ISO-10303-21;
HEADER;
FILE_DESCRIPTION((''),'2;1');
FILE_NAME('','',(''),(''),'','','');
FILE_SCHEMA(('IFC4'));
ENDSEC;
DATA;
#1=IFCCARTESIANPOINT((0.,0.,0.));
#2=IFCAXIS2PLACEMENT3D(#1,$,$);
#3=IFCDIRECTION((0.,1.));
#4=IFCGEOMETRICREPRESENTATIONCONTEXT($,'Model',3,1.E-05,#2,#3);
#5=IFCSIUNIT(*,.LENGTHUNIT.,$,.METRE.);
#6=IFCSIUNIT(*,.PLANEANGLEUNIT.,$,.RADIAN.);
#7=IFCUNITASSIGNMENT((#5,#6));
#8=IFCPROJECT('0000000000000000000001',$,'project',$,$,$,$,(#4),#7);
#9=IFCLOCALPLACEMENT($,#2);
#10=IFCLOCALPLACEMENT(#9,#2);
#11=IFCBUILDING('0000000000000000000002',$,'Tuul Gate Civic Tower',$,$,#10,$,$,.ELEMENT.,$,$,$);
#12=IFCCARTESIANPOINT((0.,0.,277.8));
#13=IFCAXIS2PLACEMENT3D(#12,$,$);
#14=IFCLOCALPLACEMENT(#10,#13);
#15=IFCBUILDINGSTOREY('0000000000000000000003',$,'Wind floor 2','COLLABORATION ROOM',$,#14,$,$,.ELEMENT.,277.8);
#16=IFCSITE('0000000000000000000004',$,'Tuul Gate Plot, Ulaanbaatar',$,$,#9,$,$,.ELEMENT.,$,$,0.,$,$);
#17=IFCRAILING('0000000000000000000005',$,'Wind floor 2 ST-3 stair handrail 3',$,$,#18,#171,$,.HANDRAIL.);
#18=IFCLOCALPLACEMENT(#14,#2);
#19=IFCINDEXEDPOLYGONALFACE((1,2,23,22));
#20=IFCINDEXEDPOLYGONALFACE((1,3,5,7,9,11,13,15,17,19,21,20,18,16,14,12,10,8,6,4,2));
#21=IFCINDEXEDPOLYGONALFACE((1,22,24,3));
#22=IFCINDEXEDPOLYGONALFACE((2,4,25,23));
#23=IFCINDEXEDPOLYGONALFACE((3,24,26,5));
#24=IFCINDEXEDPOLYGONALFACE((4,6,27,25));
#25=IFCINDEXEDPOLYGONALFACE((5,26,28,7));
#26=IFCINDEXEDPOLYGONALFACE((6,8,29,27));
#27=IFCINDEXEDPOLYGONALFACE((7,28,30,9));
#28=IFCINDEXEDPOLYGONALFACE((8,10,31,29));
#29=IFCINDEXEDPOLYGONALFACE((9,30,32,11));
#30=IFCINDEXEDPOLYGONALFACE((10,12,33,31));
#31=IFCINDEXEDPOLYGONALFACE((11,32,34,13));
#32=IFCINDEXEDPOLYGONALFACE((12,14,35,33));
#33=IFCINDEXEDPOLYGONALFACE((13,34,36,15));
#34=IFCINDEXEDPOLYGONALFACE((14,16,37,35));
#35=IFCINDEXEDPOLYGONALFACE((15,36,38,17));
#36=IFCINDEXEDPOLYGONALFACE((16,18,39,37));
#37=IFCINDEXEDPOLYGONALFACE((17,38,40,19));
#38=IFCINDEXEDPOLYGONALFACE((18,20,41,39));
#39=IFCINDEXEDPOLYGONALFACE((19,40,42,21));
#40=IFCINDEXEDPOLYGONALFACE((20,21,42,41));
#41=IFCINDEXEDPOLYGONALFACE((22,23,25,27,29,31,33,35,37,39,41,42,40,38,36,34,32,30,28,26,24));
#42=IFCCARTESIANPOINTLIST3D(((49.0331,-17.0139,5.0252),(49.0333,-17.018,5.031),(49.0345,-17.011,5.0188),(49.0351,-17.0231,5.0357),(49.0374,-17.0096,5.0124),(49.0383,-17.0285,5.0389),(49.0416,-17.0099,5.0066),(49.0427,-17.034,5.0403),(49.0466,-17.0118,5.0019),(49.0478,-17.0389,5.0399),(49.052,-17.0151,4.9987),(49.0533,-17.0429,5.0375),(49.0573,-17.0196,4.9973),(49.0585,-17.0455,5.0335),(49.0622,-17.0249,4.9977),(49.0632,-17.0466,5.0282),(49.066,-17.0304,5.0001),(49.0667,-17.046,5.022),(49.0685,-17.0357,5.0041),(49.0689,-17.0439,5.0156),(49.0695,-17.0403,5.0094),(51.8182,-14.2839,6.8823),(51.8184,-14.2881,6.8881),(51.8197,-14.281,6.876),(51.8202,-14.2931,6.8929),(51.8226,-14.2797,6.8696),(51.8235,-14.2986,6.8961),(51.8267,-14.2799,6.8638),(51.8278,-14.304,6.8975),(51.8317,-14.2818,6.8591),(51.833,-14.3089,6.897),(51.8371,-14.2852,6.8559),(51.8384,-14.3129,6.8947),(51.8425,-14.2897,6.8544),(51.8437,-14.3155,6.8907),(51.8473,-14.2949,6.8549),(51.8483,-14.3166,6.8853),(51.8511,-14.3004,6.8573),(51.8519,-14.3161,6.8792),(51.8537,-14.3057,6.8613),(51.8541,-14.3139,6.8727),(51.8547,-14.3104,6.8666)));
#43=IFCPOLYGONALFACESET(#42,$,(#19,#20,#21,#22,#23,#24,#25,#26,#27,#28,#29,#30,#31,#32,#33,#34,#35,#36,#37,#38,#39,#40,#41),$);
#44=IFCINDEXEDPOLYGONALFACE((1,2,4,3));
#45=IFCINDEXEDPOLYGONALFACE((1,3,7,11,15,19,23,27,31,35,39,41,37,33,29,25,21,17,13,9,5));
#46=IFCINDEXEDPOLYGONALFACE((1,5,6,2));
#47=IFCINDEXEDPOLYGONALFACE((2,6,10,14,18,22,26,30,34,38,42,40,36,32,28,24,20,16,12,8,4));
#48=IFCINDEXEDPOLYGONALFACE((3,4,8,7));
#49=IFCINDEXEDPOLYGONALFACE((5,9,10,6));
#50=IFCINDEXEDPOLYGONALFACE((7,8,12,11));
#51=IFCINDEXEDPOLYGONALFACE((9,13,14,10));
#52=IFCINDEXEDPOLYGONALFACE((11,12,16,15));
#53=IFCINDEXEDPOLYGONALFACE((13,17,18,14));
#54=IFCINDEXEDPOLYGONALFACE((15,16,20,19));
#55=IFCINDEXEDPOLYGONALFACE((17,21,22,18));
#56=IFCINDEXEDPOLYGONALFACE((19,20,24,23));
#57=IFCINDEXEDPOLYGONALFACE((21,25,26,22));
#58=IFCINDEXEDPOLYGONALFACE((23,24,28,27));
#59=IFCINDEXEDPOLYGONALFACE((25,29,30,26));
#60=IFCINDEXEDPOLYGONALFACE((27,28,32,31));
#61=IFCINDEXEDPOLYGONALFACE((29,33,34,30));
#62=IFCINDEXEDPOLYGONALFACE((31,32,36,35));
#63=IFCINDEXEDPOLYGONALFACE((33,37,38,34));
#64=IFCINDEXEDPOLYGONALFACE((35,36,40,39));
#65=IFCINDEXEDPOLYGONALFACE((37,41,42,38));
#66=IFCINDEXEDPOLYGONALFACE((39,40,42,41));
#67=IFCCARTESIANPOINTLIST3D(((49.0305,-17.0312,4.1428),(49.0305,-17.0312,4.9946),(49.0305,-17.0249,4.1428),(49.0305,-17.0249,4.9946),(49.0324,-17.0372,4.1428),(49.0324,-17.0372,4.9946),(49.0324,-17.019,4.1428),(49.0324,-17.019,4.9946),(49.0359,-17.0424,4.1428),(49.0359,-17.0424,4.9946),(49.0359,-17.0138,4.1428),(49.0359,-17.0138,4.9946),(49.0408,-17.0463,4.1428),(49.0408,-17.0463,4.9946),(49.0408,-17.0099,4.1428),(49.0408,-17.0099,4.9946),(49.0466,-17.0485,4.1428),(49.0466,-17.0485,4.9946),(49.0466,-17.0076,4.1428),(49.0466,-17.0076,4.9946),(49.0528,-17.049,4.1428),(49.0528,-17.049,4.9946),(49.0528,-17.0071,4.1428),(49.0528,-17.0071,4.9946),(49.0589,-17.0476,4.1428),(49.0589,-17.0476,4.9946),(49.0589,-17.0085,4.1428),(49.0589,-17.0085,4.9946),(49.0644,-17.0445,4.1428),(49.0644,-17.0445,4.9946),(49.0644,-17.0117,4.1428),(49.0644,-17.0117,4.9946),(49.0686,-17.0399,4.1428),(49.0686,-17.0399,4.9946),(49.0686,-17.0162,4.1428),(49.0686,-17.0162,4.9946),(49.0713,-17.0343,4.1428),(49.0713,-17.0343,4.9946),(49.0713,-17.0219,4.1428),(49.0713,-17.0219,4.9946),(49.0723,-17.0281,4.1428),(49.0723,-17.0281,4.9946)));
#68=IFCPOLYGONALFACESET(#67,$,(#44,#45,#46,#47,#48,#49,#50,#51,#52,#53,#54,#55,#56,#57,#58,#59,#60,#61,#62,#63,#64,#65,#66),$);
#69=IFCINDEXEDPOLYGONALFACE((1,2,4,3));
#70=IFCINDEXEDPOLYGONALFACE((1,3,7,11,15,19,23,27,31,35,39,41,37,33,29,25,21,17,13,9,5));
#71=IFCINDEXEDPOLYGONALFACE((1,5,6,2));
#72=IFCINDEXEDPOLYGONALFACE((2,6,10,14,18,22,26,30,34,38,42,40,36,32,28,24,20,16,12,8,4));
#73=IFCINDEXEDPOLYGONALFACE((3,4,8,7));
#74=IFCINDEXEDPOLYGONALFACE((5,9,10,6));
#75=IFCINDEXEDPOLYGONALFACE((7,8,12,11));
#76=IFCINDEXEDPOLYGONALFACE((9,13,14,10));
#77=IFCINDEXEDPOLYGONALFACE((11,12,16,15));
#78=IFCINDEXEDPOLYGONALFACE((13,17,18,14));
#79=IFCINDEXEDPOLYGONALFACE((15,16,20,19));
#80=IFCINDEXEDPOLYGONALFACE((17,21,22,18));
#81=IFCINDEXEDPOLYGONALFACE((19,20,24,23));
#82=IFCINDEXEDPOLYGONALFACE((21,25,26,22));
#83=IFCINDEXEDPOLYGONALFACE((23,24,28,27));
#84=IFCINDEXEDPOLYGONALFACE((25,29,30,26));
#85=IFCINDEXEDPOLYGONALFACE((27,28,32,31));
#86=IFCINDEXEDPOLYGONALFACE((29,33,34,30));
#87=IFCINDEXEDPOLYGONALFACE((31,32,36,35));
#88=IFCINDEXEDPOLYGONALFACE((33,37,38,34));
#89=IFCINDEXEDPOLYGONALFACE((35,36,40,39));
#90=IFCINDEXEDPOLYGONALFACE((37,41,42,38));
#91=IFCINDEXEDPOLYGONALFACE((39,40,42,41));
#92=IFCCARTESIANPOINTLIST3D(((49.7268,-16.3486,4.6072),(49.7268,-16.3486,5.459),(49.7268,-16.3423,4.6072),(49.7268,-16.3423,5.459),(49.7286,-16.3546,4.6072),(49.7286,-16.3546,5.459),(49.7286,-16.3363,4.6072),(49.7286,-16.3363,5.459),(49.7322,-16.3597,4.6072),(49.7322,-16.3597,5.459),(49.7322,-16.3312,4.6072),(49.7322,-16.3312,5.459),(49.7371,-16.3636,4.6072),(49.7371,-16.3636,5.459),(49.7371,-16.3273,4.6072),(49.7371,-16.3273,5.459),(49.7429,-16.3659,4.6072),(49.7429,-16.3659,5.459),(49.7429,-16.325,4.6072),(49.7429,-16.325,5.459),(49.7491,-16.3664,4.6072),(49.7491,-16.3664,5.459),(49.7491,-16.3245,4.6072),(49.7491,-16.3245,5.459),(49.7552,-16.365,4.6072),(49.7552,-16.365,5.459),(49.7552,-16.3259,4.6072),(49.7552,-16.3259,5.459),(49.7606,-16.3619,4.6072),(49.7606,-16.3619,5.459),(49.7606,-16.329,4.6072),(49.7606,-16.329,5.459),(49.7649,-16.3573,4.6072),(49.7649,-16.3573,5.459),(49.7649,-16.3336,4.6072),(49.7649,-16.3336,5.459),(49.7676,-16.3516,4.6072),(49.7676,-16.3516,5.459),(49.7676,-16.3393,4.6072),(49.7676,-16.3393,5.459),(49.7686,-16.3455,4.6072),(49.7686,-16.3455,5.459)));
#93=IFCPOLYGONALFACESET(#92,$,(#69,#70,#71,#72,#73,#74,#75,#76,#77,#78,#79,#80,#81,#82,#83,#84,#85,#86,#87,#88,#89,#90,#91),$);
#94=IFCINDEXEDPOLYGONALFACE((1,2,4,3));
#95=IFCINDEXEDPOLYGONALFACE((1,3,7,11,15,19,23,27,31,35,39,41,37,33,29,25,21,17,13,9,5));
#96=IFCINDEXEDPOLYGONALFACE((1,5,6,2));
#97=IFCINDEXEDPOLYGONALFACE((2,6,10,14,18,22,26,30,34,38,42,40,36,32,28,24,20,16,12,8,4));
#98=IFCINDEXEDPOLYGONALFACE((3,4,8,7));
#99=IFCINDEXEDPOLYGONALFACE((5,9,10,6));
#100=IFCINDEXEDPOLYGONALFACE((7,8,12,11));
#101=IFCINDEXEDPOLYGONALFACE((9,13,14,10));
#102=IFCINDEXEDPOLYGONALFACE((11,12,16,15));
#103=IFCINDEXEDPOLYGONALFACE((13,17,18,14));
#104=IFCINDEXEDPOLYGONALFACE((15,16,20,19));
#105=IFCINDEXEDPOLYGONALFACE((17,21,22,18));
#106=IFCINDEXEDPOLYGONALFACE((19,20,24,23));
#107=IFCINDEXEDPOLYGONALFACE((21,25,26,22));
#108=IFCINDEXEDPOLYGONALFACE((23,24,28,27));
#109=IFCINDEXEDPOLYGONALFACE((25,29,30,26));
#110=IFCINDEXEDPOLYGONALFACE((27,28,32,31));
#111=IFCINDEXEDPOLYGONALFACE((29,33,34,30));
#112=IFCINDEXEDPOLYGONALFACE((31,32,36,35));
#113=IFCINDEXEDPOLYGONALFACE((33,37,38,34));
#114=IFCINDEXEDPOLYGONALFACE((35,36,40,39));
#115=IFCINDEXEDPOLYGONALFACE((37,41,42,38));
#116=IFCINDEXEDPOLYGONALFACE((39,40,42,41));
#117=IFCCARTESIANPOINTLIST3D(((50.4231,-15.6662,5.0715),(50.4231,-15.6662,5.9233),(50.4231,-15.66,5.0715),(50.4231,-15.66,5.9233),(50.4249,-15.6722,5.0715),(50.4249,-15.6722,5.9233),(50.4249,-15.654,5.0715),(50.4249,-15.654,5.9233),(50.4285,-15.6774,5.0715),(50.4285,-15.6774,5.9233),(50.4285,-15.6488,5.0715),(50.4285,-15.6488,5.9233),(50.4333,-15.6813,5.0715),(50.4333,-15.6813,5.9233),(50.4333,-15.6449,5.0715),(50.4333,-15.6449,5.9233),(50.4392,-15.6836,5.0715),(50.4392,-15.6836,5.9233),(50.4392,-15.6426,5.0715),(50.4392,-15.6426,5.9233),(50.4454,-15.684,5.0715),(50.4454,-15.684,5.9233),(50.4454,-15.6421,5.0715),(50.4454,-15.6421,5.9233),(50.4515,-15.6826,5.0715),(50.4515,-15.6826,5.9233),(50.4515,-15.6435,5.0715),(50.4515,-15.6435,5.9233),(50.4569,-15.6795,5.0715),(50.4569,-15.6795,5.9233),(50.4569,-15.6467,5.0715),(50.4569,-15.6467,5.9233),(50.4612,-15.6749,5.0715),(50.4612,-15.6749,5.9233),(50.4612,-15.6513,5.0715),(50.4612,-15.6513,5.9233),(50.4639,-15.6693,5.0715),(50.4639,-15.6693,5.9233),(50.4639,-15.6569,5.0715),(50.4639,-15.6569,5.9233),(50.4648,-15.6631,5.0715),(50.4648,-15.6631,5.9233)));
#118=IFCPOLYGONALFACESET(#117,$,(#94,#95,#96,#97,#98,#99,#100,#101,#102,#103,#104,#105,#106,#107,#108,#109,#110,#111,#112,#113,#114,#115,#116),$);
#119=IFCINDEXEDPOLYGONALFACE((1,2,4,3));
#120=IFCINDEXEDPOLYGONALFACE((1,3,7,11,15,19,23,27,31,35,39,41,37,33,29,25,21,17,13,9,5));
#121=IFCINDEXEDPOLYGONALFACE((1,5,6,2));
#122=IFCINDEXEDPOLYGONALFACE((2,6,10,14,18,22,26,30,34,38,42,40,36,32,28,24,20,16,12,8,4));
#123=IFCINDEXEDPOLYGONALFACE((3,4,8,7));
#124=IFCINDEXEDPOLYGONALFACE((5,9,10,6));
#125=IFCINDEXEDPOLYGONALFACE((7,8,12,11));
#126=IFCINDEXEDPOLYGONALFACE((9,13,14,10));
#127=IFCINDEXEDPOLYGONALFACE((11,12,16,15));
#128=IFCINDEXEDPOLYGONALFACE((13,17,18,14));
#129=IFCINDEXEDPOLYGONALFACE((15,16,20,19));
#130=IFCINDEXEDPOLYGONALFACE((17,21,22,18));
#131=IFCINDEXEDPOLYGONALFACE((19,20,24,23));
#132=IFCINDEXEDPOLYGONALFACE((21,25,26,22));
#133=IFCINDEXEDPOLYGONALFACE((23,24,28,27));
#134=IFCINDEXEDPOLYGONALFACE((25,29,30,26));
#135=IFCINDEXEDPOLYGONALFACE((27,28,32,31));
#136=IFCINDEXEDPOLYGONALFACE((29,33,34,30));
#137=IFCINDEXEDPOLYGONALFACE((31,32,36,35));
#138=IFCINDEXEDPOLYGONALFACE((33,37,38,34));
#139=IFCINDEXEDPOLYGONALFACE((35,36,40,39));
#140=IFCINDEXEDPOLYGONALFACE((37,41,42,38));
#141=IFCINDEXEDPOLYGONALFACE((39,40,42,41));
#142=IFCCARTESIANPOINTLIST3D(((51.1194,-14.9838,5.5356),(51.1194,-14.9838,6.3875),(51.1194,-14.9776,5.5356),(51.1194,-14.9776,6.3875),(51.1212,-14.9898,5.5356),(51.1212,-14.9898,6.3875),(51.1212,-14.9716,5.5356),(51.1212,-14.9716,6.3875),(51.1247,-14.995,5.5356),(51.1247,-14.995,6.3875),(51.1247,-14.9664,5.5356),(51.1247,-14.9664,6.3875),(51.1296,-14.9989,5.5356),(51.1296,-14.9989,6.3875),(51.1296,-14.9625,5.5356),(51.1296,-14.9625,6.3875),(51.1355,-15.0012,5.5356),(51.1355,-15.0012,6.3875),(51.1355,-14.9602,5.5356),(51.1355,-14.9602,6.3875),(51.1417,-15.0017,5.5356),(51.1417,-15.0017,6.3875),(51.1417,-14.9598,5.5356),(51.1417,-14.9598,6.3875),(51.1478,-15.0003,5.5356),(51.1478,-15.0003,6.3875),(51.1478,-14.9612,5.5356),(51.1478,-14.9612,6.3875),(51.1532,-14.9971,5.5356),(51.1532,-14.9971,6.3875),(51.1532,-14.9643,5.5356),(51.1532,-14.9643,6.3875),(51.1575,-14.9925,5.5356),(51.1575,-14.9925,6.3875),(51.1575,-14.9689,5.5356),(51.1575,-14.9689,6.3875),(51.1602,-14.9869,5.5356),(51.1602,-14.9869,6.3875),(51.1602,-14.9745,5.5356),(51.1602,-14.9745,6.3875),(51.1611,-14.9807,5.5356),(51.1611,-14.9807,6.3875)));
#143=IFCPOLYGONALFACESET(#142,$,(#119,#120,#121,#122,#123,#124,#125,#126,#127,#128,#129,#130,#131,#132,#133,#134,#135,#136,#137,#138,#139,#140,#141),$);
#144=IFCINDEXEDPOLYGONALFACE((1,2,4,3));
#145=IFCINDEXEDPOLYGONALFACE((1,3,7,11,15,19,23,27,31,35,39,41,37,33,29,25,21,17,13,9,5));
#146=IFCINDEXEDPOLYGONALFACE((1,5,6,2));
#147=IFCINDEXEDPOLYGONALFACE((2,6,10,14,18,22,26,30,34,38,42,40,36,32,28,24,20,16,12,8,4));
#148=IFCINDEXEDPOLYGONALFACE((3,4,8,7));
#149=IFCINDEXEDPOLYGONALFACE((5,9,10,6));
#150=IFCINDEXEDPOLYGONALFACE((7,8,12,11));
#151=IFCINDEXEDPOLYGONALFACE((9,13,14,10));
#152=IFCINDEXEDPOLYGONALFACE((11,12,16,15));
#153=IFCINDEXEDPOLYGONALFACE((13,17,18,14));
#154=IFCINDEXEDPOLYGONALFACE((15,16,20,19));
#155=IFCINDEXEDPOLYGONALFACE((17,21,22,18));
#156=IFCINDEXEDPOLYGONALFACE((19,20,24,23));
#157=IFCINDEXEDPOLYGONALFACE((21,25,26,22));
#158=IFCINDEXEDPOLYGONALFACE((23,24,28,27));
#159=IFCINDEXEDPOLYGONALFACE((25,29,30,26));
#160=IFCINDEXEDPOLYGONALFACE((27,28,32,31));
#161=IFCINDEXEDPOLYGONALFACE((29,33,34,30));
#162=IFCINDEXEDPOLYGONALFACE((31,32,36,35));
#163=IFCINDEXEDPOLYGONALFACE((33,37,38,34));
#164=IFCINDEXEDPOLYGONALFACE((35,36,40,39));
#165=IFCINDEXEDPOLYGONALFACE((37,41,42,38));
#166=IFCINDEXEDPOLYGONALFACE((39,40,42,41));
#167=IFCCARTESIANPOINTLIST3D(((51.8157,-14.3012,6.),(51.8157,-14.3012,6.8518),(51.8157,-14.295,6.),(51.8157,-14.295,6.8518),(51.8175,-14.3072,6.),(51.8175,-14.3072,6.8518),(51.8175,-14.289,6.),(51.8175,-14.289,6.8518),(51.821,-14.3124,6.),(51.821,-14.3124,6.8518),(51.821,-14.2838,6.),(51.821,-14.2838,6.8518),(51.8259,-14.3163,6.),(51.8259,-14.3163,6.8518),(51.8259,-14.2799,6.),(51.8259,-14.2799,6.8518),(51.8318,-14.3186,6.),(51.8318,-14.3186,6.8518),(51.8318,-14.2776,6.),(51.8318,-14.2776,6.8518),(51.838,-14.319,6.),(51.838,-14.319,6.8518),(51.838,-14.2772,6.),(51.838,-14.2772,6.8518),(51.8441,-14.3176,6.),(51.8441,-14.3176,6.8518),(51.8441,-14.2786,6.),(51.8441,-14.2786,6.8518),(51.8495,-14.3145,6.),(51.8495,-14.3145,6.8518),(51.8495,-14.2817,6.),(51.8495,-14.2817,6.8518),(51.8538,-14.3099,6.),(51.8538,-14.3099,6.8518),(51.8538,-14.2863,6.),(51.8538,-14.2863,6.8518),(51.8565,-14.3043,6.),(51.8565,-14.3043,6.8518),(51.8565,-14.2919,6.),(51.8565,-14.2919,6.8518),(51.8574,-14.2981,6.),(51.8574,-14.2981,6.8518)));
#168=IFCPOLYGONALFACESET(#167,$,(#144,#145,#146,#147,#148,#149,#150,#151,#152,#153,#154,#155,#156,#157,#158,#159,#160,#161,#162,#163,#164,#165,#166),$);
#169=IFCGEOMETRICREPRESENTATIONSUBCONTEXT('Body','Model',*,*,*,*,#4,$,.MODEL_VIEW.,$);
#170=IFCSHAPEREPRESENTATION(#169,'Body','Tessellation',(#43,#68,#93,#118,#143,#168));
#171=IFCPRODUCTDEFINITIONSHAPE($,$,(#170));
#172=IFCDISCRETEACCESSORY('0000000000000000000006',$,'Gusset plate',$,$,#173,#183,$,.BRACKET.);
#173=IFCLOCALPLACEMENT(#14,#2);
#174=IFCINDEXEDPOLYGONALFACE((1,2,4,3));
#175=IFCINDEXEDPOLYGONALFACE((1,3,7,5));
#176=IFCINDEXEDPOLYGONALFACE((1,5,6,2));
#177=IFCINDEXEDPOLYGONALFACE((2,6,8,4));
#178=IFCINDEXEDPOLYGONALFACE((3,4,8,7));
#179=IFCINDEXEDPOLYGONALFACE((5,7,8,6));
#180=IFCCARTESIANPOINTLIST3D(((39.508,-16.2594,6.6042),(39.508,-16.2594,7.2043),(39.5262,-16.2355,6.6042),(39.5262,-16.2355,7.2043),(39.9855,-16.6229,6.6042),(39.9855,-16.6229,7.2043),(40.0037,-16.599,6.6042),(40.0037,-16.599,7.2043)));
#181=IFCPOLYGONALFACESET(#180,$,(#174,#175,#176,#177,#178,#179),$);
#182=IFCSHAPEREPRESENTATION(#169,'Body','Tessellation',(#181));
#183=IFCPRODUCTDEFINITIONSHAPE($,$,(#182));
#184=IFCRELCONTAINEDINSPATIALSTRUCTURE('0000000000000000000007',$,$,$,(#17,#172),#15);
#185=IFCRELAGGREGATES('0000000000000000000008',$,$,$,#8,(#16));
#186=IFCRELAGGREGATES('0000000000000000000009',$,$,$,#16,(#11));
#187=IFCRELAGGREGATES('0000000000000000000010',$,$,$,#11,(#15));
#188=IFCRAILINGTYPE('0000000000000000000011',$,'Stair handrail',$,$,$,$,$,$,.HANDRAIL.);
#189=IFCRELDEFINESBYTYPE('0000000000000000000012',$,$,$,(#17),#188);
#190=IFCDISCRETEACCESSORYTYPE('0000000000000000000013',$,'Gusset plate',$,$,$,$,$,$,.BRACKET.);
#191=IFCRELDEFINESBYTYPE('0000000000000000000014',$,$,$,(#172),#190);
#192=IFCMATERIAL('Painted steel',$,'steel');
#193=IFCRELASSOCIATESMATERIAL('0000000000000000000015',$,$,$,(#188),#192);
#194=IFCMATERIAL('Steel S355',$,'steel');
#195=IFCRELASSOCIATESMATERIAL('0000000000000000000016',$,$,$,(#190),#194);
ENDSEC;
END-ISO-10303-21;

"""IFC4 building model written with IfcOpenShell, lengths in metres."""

from ifc_helpers import new_model, si_unit, direction, frame, origin, origin_2d, place, context, subcontext, project, spatial, rectangle, circle, extrude, material, type_object, element, save


model = new_model("IFC4")

# Units and contexts
model_context = context("Model", 3, precision=1e-05, world=origin(), true_north=direction((0.0, 1.0)))
body_context = subcontext(model_context, "Body", "Model", "MODEL_VIEW")
ifc_project = project(units=[si_unit("LENGTHUNIT", "METRE"), si_unit("PLANEANGLEUNIT", "RADIAN")], contexts=[model_context])

# Site, building, storey
site_placement = place(None, origin())
site = spatial("IfcSite", under=ifc_project, at=site_placement, Name="Tuul Gate Plot, Ulaanbaatar", CompositionType="ELEMENT", RefElevation=0.0)
building_placement = place(site_placement, origin())
building = spatial("IfcBuilding", under=site, at=building_placement, Name="Tuul Gate Civic Tower", CompositionType="ELEMENT")
storey_placement = place(building_placement, frame((0.0, 0.0, 277.8)))
storey = spatial("IfcBuildingStorey", under=building, at=storey_placement, Name="Wind floor 2", Description="COLLABORATION ROOM", CompositionType="ELEMENT", Elevation=277.8)

# Railing
ifc_material_1 = material(Name="Painted steel", Category="steel")
railing_type_1 = type_object("IfcRailingType", Name="Stair handrail", PredefinedType="HANDRAIL", material=ifc_material_1)
for number, where, name in (
    (1, (49.0513, -17.0281, 4.1428), "Wind floor 2 ST-3 stair handrail 3"),
):
    element("IfcRailing", number, at=place(storey_placement, frame(where)), inside=storey, type_object=railing_type_1, Name=name, PredefinedType="HANDRAIL", context=body_context, shape_type="SweptSolid", body=[
        extrude(circle(Radius=0.0239, at=origin_2d()), frame((0.0, 0.0, 0.876), z_axis=(0.644771, 0.631998, 0.429941), x_axis=(-0.699998, 0.714145, 0.0)), (0.0, 0.0, 1.0), 4.3196),
        extrude(circle(Radius=0.021, at=origin_2d()), origin(), (0.0, 0.0, 1.0), 0.8518),
        extrude(circle(Radius=0.021, at=origin_2d()), frame((0.6963, 0.6826, 0.4644)), (0.0, 0.0, 1.0), 0.8518),
        extrude(circle(Radius=0.021, at=origin_2d()), frame((1.3926, 1.365, 0.9287)), (0.0, 0.0, 1.0), 0.8518),
        extrude(circle(Radius=0.021, at=origin_2d()), frame((2.0889, 2.0474, 1.3928)), (0.0, 0.0, 1.0), 0.8518),
        extrude(circle(Radius=0.021, at=origin_2d()), frame((2.7852, 2.73, 1.8572)), (0.0, 0.0, 1.0), 0.8518),
    ])

# Discrete accessory
ifc_material_2 = material(Name="Steel S355", Category="steel")
discrete_accessory_type = type_object("IfcDiscreteAccessoryType", Name="Gusset plate", PredefinedType="BRACKET", material=ifc_material_2)
discrete_accessory_placement = place(storey_placement, frame((39.7559, -16.4292, 6.6042), z_axis=(0.0, 0.0, 1.0), x_axis=(0.795664, -0.605738, 0.0)))
element("IfcDiscreteAccessory", 2, at=discrete_accessory_placement, inside=storey, type_object=discrete_accessory_type, Name="Gusset plate", PredefinedType="BRACKET", context=body_context, shape_type="SweptSolid", body=[
    extrude(rectangle(XDim=0.6001, YDim=0.03, at=origin_2d()), origin(), (0.0, 0.0, 1.0), 0.6001),
])

save(model, "model.ifc")
